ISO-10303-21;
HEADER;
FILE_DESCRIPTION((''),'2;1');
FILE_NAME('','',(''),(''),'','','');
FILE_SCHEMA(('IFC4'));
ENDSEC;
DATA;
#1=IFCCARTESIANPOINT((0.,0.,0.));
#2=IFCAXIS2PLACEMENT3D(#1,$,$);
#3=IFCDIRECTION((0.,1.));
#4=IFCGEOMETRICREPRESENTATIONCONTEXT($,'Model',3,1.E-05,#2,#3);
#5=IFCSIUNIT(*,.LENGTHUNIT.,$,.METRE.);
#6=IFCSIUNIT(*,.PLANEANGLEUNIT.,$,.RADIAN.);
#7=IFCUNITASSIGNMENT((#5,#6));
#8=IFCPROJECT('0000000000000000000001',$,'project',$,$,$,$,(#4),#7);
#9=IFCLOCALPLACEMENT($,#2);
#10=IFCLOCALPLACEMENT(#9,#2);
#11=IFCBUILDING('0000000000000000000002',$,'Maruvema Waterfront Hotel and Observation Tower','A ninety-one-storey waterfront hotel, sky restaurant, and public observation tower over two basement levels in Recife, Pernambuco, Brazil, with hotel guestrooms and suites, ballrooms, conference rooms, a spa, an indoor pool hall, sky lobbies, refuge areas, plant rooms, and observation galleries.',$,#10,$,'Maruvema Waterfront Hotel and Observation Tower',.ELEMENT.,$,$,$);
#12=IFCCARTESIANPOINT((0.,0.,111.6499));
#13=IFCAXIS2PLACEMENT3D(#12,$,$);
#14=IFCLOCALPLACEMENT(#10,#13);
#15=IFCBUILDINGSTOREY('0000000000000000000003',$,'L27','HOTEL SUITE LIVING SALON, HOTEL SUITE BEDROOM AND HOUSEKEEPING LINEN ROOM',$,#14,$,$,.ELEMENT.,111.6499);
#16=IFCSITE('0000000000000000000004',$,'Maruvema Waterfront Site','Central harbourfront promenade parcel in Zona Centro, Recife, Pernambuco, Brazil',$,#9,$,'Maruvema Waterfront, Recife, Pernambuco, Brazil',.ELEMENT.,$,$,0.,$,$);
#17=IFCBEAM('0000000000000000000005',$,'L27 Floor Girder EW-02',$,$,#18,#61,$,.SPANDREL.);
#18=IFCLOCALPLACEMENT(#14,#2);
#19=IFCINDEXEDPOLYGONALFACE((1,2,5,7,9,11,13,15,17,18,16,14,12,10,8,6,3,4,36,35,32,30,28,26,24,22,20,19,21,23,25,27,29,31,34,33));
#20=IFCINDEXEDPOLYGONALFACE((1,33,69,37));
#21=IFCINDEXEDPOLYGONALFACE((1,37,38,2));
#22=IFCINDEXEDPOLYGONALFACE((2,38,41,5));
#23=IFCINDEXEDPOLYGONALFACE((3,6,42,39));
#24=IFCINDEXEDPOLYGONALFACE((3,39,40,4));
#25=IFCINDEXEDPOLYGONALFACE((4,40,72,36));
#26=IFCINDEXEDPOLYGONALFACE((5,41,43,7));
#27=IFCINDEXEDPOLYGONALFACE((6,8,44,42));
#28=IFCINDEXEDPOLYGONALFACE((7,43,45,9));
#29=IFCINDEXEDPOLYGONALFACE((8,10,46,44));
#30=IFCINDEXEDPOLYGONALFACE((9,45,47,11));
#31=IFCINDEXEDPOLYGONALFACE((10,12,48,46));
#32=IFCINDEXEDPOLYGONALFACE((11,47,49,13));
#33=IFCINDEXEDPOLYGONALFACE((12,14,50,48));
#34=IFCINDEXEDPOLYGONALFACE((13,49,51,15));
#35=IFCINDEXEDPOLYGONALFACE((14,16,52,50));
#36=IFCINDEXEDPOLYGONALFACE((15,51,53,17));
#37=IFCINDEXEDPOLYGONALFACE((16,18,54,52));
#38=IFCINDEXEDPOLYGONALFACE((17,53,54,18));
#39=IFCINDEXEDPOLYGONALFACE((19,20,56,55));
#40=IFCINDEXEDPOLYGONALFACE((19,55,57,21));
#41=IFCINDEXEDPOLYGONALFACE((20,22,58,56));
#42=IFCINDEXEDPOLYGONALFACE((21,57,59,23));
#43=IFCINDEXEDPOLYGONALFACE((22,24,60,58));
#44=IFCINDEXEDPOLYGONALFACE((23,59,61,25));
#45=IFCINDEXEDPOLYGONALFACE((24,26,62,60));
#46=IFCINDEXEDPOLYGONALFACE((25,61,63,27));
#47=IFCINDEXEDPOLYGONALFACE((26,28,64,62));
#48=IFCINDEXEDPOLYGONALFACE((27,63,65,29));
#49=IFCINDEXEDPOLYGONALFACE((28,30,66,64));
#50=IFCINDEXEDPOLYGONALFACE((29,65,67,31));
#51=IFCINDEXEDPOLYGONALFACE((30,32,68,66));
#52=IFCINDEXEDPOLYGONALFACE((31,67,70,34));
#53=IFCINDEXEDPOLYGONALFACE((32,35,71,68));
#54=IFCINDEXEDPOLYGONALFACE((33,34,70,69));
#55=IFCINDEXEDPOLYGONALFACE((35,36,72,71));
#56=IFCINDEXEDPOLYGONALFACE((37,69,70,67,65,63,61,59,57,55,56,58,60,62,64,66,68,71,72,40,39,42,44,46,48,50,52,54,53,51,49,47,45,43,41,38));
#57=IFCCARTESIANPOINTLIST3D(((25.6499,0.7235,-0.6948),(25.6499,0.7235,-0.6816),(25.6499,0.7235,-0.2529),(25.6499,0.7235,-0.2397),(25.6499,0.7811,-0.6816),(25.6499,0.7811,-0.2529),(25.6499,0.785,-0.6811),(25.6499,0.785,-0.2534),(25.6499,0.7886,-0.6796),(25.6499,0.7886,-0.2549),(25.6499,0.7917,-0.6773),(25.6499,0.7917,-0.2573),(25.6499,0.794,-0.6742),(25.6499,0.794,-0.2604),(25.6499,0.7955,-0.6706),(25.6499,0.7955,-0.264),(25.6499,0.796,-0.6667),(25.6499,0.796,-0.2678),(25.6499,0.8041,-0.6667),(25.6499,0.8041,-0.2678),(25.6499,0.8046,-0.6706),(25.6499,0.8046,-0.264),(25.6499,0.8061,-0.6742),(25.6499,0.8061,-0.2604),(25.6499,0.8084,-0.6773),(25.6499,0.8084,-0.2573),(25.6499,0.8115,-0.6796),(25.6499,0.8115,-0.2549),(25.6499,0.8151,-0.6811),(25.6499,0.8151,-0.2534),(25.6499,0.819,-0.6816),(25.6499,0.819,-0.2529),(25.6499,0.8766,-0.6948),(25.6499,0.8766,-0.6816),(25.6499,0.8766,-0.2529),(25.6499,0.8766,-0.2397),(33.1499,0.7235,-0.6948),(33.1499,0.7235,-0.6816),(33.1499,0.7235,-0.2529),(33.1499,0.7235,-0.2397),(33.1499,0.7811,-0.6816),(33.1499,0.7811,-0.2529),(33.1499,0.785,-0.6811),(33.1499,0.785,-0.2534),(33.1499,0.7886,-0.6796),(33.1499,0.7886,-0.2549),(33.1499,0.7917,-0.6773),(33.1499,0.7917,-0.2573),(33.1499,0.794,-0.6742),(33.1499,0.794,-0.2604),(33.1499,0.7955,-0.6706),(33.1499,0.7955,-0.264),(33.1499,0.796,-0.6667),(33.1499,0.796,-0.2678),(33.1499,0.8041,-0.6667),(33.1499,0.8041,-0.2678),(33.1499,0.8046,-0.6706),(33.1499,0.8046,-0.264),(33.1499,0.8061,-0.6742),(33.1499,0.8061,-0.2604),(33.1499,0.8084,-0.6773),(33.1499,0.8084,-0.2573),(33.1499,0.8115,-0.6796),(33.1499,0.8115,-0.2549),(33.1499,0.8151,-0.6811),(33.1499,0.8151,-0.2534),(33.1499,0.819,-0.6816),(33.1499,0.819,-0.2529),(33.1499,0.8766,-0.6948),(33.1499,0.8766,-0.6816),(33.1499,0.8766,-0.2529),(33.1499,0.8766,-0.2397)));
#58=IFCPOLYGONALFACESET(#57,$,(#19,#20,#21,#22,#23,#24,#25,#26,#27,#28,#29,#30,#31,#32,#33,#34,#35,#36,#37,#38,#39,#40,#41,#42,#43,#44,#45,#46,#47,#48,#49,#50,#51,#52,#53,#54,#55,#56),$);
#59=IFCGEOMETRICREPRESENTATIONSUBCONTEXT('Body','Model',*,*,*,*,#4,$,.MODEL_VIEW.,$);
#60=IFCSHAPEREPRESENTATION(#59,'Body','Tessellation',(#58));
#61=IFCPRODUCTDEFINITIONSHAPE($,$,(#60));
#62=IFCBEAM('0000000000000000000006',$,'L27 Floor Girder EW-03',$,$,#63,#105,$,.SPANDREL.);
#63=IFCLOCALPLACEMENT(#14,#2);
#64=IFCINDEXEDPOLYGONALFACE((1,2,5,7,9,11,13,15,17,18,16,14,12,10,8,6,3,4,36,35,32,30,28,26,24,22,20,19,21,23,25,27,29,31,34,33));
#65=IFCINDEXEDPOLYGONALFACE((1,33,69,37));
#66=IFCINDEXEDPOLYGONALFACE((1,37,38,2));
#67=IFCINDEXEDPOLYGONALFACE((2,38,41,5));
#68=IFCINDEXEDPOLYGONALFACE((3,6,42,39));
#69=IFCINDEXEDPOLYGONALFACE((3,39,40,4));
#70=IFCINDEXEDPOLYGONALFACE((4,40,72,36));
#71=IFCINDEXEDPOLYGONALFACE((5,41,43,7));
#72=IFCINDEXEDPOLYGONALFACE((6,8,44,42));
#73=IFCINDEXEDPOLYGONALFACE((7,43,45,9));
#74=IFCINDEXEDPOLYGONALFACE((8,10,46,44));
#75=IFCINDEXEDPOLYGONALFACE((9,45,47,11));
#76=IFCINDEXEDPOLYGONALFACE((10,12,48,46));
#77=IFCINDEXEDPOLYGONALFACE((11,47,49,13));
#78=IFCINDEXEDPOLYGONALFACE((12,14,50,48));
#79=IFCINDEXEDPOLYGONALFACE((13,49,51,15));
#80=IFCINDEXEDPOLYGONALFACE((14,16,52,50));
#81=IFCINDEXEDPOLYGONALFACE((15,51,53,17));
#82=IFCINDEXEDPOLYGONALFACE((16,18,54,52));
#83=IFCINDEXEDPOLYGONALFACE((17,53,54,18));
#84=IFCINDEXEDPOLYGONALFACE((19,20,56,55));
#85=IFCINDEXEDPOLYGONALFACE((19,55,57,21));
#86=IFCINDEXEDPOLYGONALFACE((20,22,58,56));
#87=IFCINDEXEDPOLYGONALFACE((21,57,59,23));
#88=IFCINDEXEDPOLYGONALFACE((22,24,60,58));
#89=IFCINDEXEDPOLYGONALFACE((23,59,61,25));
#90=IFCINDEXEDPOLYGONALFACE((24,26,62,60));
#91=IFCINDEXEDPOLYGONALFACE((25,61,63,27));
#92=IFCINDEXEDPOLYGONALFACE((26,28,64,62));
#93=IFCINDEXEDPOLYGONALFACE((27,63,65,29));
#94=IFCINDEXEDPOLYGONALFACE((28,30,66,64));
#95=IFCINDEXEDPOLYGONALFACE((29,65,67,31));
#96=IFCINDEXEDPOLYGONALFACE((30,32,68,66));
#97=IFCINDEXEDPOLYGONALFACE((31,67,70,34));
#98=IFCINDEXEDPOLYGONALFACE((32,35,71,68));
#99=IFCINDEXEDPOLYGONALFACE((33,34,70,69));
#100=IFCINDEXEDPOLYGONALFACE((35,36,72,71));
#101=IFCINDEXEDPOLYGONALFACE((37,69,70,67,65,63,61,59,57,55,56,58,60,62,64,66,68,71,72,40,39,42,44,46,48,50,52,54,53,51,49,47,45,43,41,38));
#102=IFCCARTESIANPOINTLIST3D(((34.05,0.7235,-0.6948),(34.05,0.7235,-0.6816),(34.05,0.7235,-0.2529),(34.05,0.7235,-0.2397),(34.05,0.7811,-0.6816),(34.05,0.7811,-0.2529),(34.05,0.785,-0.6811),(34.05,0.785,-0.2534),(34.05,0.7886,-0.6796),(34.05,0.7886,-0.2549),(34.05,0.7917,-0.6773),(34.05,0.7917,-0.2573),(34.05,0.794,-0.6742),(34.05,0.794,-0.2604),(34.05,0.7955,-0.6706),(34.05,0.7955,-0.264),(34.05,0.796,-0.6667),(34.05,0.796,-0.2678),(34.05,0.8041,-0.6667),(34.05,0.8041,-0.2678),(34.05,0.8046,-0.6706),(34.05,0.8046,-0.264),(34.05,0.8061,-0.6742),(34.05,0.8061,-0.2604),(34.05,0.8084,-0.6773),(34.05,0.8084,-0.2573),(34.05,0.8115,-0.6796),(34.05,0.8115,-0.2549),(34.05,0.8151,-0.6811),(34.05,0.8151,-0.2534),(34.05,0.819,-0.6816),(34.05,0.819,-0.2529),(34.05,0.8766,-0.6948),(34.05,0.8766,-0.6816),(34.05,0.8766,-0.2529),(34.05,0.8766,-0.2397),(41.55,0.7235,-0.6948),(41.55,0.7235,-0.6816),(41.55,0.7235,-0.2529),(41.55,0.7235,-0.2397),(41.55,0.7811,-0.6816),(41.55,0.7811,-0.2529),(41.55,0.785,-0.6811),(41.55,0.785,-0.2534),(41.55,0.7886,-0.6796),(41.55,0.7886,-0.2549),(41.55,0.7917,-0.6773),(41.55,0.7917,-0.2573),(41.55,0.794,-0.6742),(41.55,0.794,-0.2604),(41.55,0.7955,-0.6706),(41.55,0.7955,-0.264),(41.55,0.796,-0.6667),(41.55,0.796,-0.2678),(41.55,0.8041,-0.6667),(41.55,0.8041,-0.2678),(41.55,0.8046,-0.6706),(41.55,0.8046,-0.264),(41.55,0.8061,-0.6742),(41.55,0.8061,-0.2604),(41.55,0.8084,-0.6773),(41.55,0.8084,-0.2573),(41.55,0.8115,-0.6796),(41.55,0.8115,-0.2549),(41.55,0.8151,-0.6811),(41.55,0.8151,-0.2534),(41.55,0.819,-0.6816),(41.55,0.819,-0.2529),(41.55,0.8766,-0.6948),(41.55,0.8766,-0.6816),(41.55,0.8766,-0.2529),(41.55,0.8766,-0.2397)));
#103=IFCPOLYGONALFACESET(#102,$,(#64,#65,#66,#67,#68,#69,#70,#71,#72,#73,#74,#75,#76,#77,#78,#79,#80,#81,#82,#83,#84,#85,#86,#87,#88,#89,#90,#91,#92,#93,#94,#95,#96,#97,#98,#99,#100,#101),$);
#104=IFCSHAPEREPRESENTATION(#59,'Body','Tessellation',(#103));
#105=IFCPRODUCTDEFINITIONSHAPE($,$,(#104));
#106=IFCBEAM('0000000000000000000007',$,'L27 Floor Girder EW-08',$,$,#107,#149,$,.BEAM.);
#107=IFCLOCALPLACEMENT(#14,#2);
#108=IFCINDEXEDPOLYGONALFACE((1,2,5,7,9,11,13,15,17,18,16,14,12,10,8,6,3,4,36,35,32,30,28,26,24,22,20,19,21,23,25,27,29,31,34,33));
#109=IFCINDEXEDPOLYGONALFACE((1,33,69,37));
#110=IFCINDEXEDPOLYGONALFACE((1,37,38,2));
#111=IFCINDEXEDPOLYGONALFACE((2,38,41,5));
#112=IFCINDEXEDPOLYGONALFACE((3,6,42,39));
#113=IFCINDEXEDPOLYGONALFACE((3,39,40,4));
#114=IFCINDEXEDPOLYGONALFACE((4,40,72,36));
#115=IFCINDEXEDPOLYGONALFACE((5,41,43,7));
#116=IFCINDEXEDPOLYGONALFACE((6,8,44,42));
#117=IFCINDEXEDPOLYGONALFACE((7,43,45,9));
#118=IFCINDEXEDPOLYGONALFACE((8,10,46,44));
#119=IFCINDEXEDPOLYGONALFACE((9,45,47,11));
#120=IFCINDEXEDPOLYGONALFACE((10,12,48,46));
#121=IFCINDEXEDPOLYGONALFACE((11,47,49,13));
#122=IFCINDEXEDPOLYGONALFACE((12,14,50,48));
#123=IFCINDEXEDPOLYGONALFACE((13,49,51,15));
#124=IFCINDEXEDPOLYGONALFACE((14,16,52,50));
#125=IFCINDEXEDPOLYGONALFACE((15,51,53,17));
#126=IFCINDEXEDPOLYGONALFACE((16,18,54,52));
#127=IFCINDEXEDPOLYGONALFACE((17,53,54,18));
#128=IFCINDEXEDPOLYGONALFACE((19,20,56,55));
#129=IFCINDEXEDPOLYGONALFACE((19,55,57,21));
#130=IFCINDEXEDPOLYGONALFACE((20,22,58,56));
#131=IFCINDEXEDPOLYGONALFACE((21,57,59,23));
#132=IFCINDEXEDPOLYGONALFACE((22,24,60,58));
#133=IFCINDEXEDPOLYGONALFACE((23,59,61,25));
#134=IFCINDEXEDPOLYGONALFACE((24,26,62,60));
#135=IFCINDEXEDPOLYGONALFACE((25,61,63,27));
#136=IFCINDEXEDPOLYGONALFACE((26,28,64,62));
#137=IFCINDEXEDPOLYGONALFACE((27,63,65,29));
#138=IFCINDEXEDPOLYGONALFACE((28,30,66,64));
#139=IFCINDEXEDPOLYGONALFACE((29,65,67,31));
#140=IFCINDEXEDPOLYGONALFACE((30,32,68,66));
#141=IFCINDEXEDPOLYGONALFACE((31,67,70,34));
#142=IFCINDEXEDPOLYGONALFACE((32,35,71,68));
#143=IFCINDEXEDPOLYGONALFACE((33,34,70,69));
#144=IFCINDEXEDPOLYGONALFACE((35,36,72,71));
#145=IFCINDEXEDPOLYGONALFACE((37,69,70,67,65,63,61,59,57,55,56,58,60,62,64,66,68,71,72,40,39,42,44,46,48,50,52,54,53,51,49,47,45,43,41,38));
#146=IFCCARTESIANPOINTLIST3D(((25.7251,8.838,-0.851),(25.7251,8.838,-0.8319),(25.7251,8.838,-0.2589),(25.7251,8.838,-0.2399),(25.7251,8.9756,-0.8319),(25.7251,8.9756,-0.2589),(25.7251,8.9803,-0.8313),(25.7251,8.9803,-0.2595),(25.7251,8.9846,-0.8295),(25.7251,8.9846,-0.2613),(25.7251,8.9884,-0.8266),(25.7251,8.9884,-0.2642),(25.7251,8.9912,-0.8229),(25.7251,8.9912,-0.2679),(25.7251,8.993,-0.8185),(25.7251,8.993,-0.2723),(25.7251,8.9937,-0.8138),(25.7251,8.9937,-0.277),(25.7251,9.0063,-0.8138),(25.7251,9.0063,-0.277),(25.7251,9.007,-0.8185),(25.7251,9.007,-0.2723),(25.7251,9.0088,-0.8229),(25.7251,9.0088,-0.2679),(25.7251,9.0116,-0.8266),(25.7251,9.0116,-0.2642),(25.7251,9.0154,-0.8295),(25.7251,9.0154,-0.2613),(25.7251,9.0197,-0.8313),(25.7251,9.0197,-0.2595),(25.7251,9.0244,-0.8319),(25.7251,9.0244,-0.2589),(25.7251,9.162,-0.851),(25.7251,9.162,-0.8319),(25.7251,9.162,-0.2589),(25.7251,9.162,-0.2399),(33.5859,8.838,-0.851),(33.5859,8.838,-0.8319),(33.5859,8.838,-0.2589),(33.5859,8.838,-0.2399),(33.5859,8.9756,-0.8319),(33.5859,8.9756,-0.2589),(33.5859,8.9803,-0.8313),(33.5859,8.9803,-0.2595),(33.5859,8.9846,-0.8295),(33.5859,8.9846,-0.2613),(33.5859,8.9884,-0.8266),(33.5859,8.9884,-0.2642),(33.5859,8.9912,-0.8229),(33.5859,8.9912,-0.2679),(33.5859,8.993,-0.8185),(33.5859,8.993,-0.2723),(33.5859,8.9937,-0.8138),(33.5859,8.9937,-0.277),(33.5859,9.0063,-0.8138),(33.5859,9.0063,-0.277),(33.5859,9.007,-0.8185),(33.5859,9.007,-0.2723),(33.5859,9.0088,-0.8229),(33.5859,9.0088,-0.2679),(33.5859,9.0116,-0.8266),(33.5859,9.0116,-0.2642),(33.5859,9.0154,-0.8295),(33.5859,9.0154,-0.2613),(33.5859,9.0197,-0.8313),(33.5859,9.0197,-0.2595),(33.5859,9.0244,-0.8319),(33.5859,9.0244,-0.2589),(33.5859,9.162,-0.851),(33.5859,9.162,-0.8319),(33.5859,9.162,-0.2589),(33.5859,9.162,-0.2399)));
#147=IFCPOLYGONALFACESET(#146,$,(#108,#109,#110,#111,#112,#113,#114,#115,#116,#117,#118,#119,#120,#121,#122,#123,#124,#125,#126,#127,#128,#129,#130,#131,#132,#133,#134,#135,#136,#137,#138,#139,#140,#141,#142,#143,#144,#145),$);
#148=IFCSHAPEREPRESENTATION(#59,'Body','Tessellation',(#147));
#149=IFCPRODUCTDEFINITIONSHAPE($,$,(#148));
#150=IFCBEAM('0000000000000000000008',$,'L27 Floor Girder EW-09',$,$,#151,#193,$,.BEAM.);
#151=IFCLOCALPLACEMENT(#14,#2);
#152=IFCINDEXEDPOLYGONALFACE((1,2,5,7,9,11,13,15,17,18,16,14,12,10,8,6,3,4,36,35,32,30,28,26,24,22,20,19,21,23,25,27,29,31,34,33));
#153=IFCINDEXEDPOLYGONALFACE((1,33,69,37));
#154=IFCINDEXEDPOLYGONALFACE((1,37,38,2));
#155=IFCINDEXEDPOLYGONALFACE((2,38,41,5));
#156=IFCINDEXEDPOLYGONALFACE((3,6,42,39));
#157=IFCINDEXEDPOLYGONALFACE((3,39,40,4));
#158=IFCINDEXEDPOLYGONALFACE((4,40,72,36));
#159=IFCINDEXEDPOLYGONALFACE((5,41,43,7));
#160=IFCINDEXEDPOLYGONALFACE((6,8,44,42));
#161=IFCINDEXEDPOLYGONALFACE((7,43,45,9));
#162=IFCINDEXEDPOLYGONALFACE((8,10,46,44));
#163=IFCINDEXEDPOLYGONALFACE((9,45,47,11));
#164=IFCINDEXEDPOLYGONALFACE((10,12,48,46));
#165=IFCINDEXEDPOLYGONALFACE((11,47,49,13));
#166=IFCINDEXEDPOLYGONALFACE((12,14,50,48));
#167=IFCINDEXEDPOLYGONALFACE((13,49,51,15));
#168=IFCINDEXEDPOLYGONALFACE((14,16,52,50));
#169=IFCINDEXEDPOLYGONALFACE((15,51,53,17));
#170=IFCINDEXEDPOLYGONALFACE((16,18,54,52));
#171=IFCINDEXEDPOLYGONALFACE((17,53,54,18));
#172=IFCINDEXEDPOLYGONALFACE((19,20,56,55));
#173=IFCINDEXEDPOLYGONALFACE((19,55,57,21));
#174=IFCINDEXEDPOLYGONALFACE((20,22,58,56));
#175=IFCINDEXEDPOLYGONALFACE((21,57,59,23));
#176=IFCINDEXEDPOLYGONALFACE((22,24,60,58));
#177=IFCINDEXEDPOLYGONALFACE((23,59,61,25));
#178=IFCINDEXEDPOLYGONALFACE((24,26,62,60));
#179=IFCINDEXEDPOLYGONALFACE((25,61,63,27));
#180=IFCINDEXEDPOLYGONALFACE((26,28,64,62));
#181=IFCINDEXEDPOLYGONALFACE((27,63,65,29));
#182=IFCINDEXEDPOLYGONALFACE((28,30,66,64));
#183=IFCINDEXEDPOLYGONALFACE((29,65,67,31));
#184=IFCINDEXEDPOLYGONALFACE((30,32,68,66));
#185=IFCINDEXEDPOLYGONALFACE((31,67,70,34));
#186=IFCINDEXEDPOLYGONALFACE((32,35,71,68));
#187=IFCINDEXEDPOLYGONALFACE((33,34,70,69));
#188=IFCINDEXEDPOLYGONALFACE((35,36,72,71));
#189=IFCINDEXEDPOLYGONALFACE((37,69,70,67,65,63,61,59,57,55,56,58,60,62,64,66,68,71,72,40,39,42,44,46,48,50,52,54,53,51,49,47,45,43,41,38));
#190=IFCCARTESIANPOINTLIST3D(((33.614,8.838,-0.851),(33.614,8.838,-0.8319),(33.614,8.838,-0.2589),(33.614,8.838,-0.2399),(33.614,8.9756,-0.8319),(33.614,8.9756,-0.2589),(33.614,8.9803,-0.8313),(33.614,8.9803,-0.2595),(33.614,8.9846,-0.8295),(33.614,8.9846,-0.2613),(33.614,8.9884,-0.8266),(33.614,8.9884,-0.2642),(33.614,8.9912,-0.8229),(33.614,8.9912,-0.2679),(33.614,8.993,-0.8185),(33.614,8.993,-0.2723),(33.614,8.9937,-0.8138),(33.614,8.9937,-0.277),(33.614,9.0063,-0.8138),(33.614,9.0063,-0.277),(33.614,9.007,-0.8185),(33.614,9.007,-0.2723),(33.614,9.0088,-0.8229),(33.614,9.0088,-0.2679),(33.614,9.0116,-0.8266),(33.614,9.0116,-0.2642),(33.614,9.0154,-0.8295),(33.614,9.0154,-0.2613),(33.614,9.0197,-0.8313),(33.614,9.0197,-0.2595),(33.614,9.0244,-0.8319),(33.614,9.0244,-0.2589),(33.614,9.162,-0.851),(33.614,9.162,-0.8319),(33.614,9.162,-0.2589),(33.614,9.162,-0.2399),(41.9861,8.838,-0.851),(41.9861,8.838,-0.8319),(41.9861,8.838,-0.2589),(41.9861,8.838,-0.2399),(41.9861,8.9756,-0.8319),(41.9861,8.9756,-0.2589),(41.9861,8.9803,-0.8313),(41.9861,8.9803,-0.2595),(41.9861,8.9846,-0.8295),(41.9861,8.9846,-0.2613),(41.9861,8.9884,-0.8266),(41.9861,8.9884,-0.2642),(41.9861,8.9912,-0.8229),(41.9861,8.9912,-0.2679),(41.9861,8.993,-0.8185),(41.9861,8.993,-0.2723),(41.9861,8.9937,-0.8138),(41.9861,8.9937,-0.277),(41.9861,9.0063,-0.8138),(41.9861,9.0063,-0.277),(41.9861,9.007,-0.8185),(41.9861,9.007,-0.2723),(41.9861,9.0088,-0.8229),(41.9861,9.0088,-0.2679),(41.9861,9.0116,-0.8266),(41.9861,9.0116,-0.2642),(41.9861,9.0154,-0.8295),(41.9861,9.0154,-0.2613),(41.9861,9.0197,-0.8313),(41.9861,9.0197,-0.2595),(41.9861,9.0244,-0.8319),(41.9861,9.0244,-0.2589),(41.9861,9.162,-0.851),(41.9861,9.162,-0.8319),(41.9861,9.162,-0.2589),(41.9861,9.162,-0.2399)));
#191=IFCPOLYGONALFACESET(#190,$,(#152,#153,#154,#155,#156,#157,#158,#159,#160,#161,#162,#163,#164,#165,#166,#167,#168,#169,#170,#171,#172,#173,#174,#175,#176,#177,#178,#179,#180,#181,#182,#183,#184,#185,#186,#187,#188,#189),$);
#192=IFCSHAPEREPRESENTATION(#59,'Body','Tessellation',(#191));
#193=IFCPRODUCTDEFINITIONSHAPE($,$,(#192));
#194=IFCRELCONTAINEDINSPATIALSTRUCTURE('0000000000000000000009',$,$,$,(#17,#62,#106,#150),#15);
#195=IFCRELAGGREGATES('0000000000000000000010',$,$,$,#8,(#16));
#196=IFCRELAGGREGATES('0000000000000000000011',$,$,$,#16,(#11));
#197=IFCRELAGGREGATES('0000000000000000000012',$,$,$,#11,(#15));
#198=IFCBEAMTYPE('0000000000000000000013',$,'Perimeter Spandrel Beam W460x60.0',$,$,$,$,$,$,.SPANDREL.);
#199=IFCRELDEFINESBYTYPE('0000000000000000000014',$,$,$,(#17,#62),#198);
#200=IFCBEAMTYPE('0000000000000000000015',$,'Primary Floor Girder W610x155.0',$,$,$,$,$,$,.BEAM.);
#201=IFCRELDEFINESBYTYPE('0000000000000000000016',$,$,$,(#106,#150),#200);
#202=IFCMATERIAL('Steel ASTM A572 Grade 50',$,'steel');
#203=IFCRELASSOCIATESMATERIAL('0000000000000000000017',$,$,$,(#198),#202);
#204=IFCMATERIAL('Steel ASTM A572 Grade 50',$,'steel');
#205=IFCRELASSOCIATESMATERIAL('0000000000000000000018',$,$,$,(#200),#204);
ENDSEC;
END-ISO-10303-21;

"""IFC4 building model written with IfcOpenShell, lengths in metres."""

from ifc_helpers import new_model, si_unit, direction, frame, origin, origin_2d, place, context, subcontext, project, spatial, i_section, extrude, material, material_profile, profile_set, type_object, element, save


model = new_model("IFC4")

# Units and contexts
model_context = context("Model", 3, precision=1e-05, world=origin(), true_north=direction((0.0, 1.0)))
body_context = subcontext(model_context, "Body", "Model", "MODEL_VIEW")
ifc_project = project(units=[si_unit("LENGTHUNIT", "METRE"), si_unit("PLANEANGLEUNIT", "RADIAN")], contexts=[model_context])

# Site, building, storey
site_placement = place(None, origin())
site = spatial("IfcSite", under=ifc_project, at=site_placement, Name="Maruvema Waterfront Site", Description="Central harbourfront promenade parcel in Zona Centro, Recife, Pernambuco, Brazil", LongName="Maruvema Waterfront, Recife, Pernambuco, Brazil", CompositionType="ELEMENT", RefElevation=0.0)
building_placement = place(site_placement, origin())
building = spatial("IfcBuilding", under=site, at=building_placement, Name="Maruvema Waterfront Hotel and Observation Tower", Description="A ninety-one-storey waterfront hotel, sky restaurant, and public observation tower over two basement levels in Recife, Pernambuco, Brazil, with hotel guestrooms and suites, ballrooms, conference rooms, a spa, an indoor pool hall, sky lobbies, refuge areas, plant rooms, and observation galleries.", LongName="Maruvema Waterfront Hotel and Observation Tower", CompositionType="ELEMENT")
storey_placement = place(building_placement, frame((0.0, 0.0, 111.6499)))
storey = spatial("IfcBuildingStorey", under=building, at=storey_placement, Name="L27", Description="HOTEL SUITE LIVING SALON, HOTEL SUITE BEDROOM AND HOUSEKEEPING LINEN ROOM", CompositionType="ELEMENT", Elevation=111.6499)

# Beams
ifc_material_1 = material(Name="Steel ASTM A572 Grade 50", Category="steel")
ifc_material_profile_1 = material_profile(ifc_material_1, i_section(OverallWidth=0.1531, OverallDepth=0.4551, WebThickness=0.0081, FlangeThickness=0.0132, FilletRadius=0.0149, at=origin_2d()), Name="W460x60.0")
ifc_profile_set_1 = profile_set([ifc_material_profile_1], Name="Steel ASTM A572 Grade 50")
beam_type_1 = type_object("IfcBeamType", Name="Perimeter Spandrel Beam W460x60.0", PredefinedType="SPANDREL", material=ifc_profile_set_1)
for number, where, z_axis, x_axis, name in (
    (1, (25.6499, 0.8, -0.4673), (1.0, 0.0, 0.0), (0.0, 1.0, 0.0), "L27 Floor Girder EW-02"),
    (2, (34.05, 0.8, -0.4673), (1.0, 0.0, 0.0), (0.0, 1.0, 0.0), "L27 Floor Girder EW-03"),
):
    element("IfcBeam", number, at=place(storey_placement, frame(where, z_axis=z_axis, x_axis=x_axis)), inside=storey, type_object=beam_type_1, Name=name, PredefinedType="SPANDREL", context=body_context, shape_type="SweptSolid", body=[
        extrude(i_section(OverallWidth=0.1531, OverallDepth=0.4551, WebThickness=0.0081, FlangeThickness=0.0132, FilletRadius=0.0149, at=origin_2d()), origin(), (0.0, 0.0, 1.0), 7.5),
    ])
ifc_material_2 = material(Name="Steel ASTM A572 Grade 50", Category="steel")
ifc_material_profile_2 = material_profile(ifc_material_2, i_section(OverallWidth=0.324, OverallDepth=0.6111, WebThickness=0.0127, FlangeThickness=0.019, FilletRadius=0.0181, at=origin_2d()), Name="W610x155.0")
ifc_profile_set_2 = profile_set([ifc_material_profile_2], Name="Steel ASTM A572 Grade 50")
beam_type_2 = type_object("IfcBeamType", Name="Primary Floor Girder W610x155.0", PredefinedType="BEAM", material=ifc_profile_set_2)
beam_1_placement = place(storey_placement, frame((25.7251, 9.0, -0.5454), z_axis=(1.0, 0.0, 0.0), x_axis=(0.0, 1.0, 0.0)))
element("IfcBeam", 3, at=beam_1_placement, inside=storey, type_object=beam_type_2, Name="L27 Floor Girder EW-08", PredefinedType="BEAM", context=body_context, shape_type="SweptSolid", body=[
    extrude(i_section(OverallWidth=0.324, OverallDepth=0.6111, WebThickness=0.0127, FlangeThickness=0.019, FilletRadius=0.0181, at=origin_2d()), origin(), (0.0, 0.0, 1.0), 7.8608),
])
beam_2_placement = place(storey_placement, frame((33.614, 9.0, -0.5454), z_axis=(1.0, 0.0, 0.0), x_axis=(0.0, 1.0, 0.0)))
element("IfcBeam", 4, at=beam_2_placement, inside=storey, type_object=beam_type_2, Name="L27 Floor Girder EW-09", PredefinedType="BEAM", context=body_context, shape_type="SweptSolid", body=[
    extrude(i_section(OverallWidth=0.324, OverallDepth=0.6111, WebThickness=0.0127, FlangeThickness=0.019, FilletRadius=0.0181, at=origin_2d()), origin(), (0.0, 0.0, 1.0), 8.3721),
])

save(model, "model.ifc")
